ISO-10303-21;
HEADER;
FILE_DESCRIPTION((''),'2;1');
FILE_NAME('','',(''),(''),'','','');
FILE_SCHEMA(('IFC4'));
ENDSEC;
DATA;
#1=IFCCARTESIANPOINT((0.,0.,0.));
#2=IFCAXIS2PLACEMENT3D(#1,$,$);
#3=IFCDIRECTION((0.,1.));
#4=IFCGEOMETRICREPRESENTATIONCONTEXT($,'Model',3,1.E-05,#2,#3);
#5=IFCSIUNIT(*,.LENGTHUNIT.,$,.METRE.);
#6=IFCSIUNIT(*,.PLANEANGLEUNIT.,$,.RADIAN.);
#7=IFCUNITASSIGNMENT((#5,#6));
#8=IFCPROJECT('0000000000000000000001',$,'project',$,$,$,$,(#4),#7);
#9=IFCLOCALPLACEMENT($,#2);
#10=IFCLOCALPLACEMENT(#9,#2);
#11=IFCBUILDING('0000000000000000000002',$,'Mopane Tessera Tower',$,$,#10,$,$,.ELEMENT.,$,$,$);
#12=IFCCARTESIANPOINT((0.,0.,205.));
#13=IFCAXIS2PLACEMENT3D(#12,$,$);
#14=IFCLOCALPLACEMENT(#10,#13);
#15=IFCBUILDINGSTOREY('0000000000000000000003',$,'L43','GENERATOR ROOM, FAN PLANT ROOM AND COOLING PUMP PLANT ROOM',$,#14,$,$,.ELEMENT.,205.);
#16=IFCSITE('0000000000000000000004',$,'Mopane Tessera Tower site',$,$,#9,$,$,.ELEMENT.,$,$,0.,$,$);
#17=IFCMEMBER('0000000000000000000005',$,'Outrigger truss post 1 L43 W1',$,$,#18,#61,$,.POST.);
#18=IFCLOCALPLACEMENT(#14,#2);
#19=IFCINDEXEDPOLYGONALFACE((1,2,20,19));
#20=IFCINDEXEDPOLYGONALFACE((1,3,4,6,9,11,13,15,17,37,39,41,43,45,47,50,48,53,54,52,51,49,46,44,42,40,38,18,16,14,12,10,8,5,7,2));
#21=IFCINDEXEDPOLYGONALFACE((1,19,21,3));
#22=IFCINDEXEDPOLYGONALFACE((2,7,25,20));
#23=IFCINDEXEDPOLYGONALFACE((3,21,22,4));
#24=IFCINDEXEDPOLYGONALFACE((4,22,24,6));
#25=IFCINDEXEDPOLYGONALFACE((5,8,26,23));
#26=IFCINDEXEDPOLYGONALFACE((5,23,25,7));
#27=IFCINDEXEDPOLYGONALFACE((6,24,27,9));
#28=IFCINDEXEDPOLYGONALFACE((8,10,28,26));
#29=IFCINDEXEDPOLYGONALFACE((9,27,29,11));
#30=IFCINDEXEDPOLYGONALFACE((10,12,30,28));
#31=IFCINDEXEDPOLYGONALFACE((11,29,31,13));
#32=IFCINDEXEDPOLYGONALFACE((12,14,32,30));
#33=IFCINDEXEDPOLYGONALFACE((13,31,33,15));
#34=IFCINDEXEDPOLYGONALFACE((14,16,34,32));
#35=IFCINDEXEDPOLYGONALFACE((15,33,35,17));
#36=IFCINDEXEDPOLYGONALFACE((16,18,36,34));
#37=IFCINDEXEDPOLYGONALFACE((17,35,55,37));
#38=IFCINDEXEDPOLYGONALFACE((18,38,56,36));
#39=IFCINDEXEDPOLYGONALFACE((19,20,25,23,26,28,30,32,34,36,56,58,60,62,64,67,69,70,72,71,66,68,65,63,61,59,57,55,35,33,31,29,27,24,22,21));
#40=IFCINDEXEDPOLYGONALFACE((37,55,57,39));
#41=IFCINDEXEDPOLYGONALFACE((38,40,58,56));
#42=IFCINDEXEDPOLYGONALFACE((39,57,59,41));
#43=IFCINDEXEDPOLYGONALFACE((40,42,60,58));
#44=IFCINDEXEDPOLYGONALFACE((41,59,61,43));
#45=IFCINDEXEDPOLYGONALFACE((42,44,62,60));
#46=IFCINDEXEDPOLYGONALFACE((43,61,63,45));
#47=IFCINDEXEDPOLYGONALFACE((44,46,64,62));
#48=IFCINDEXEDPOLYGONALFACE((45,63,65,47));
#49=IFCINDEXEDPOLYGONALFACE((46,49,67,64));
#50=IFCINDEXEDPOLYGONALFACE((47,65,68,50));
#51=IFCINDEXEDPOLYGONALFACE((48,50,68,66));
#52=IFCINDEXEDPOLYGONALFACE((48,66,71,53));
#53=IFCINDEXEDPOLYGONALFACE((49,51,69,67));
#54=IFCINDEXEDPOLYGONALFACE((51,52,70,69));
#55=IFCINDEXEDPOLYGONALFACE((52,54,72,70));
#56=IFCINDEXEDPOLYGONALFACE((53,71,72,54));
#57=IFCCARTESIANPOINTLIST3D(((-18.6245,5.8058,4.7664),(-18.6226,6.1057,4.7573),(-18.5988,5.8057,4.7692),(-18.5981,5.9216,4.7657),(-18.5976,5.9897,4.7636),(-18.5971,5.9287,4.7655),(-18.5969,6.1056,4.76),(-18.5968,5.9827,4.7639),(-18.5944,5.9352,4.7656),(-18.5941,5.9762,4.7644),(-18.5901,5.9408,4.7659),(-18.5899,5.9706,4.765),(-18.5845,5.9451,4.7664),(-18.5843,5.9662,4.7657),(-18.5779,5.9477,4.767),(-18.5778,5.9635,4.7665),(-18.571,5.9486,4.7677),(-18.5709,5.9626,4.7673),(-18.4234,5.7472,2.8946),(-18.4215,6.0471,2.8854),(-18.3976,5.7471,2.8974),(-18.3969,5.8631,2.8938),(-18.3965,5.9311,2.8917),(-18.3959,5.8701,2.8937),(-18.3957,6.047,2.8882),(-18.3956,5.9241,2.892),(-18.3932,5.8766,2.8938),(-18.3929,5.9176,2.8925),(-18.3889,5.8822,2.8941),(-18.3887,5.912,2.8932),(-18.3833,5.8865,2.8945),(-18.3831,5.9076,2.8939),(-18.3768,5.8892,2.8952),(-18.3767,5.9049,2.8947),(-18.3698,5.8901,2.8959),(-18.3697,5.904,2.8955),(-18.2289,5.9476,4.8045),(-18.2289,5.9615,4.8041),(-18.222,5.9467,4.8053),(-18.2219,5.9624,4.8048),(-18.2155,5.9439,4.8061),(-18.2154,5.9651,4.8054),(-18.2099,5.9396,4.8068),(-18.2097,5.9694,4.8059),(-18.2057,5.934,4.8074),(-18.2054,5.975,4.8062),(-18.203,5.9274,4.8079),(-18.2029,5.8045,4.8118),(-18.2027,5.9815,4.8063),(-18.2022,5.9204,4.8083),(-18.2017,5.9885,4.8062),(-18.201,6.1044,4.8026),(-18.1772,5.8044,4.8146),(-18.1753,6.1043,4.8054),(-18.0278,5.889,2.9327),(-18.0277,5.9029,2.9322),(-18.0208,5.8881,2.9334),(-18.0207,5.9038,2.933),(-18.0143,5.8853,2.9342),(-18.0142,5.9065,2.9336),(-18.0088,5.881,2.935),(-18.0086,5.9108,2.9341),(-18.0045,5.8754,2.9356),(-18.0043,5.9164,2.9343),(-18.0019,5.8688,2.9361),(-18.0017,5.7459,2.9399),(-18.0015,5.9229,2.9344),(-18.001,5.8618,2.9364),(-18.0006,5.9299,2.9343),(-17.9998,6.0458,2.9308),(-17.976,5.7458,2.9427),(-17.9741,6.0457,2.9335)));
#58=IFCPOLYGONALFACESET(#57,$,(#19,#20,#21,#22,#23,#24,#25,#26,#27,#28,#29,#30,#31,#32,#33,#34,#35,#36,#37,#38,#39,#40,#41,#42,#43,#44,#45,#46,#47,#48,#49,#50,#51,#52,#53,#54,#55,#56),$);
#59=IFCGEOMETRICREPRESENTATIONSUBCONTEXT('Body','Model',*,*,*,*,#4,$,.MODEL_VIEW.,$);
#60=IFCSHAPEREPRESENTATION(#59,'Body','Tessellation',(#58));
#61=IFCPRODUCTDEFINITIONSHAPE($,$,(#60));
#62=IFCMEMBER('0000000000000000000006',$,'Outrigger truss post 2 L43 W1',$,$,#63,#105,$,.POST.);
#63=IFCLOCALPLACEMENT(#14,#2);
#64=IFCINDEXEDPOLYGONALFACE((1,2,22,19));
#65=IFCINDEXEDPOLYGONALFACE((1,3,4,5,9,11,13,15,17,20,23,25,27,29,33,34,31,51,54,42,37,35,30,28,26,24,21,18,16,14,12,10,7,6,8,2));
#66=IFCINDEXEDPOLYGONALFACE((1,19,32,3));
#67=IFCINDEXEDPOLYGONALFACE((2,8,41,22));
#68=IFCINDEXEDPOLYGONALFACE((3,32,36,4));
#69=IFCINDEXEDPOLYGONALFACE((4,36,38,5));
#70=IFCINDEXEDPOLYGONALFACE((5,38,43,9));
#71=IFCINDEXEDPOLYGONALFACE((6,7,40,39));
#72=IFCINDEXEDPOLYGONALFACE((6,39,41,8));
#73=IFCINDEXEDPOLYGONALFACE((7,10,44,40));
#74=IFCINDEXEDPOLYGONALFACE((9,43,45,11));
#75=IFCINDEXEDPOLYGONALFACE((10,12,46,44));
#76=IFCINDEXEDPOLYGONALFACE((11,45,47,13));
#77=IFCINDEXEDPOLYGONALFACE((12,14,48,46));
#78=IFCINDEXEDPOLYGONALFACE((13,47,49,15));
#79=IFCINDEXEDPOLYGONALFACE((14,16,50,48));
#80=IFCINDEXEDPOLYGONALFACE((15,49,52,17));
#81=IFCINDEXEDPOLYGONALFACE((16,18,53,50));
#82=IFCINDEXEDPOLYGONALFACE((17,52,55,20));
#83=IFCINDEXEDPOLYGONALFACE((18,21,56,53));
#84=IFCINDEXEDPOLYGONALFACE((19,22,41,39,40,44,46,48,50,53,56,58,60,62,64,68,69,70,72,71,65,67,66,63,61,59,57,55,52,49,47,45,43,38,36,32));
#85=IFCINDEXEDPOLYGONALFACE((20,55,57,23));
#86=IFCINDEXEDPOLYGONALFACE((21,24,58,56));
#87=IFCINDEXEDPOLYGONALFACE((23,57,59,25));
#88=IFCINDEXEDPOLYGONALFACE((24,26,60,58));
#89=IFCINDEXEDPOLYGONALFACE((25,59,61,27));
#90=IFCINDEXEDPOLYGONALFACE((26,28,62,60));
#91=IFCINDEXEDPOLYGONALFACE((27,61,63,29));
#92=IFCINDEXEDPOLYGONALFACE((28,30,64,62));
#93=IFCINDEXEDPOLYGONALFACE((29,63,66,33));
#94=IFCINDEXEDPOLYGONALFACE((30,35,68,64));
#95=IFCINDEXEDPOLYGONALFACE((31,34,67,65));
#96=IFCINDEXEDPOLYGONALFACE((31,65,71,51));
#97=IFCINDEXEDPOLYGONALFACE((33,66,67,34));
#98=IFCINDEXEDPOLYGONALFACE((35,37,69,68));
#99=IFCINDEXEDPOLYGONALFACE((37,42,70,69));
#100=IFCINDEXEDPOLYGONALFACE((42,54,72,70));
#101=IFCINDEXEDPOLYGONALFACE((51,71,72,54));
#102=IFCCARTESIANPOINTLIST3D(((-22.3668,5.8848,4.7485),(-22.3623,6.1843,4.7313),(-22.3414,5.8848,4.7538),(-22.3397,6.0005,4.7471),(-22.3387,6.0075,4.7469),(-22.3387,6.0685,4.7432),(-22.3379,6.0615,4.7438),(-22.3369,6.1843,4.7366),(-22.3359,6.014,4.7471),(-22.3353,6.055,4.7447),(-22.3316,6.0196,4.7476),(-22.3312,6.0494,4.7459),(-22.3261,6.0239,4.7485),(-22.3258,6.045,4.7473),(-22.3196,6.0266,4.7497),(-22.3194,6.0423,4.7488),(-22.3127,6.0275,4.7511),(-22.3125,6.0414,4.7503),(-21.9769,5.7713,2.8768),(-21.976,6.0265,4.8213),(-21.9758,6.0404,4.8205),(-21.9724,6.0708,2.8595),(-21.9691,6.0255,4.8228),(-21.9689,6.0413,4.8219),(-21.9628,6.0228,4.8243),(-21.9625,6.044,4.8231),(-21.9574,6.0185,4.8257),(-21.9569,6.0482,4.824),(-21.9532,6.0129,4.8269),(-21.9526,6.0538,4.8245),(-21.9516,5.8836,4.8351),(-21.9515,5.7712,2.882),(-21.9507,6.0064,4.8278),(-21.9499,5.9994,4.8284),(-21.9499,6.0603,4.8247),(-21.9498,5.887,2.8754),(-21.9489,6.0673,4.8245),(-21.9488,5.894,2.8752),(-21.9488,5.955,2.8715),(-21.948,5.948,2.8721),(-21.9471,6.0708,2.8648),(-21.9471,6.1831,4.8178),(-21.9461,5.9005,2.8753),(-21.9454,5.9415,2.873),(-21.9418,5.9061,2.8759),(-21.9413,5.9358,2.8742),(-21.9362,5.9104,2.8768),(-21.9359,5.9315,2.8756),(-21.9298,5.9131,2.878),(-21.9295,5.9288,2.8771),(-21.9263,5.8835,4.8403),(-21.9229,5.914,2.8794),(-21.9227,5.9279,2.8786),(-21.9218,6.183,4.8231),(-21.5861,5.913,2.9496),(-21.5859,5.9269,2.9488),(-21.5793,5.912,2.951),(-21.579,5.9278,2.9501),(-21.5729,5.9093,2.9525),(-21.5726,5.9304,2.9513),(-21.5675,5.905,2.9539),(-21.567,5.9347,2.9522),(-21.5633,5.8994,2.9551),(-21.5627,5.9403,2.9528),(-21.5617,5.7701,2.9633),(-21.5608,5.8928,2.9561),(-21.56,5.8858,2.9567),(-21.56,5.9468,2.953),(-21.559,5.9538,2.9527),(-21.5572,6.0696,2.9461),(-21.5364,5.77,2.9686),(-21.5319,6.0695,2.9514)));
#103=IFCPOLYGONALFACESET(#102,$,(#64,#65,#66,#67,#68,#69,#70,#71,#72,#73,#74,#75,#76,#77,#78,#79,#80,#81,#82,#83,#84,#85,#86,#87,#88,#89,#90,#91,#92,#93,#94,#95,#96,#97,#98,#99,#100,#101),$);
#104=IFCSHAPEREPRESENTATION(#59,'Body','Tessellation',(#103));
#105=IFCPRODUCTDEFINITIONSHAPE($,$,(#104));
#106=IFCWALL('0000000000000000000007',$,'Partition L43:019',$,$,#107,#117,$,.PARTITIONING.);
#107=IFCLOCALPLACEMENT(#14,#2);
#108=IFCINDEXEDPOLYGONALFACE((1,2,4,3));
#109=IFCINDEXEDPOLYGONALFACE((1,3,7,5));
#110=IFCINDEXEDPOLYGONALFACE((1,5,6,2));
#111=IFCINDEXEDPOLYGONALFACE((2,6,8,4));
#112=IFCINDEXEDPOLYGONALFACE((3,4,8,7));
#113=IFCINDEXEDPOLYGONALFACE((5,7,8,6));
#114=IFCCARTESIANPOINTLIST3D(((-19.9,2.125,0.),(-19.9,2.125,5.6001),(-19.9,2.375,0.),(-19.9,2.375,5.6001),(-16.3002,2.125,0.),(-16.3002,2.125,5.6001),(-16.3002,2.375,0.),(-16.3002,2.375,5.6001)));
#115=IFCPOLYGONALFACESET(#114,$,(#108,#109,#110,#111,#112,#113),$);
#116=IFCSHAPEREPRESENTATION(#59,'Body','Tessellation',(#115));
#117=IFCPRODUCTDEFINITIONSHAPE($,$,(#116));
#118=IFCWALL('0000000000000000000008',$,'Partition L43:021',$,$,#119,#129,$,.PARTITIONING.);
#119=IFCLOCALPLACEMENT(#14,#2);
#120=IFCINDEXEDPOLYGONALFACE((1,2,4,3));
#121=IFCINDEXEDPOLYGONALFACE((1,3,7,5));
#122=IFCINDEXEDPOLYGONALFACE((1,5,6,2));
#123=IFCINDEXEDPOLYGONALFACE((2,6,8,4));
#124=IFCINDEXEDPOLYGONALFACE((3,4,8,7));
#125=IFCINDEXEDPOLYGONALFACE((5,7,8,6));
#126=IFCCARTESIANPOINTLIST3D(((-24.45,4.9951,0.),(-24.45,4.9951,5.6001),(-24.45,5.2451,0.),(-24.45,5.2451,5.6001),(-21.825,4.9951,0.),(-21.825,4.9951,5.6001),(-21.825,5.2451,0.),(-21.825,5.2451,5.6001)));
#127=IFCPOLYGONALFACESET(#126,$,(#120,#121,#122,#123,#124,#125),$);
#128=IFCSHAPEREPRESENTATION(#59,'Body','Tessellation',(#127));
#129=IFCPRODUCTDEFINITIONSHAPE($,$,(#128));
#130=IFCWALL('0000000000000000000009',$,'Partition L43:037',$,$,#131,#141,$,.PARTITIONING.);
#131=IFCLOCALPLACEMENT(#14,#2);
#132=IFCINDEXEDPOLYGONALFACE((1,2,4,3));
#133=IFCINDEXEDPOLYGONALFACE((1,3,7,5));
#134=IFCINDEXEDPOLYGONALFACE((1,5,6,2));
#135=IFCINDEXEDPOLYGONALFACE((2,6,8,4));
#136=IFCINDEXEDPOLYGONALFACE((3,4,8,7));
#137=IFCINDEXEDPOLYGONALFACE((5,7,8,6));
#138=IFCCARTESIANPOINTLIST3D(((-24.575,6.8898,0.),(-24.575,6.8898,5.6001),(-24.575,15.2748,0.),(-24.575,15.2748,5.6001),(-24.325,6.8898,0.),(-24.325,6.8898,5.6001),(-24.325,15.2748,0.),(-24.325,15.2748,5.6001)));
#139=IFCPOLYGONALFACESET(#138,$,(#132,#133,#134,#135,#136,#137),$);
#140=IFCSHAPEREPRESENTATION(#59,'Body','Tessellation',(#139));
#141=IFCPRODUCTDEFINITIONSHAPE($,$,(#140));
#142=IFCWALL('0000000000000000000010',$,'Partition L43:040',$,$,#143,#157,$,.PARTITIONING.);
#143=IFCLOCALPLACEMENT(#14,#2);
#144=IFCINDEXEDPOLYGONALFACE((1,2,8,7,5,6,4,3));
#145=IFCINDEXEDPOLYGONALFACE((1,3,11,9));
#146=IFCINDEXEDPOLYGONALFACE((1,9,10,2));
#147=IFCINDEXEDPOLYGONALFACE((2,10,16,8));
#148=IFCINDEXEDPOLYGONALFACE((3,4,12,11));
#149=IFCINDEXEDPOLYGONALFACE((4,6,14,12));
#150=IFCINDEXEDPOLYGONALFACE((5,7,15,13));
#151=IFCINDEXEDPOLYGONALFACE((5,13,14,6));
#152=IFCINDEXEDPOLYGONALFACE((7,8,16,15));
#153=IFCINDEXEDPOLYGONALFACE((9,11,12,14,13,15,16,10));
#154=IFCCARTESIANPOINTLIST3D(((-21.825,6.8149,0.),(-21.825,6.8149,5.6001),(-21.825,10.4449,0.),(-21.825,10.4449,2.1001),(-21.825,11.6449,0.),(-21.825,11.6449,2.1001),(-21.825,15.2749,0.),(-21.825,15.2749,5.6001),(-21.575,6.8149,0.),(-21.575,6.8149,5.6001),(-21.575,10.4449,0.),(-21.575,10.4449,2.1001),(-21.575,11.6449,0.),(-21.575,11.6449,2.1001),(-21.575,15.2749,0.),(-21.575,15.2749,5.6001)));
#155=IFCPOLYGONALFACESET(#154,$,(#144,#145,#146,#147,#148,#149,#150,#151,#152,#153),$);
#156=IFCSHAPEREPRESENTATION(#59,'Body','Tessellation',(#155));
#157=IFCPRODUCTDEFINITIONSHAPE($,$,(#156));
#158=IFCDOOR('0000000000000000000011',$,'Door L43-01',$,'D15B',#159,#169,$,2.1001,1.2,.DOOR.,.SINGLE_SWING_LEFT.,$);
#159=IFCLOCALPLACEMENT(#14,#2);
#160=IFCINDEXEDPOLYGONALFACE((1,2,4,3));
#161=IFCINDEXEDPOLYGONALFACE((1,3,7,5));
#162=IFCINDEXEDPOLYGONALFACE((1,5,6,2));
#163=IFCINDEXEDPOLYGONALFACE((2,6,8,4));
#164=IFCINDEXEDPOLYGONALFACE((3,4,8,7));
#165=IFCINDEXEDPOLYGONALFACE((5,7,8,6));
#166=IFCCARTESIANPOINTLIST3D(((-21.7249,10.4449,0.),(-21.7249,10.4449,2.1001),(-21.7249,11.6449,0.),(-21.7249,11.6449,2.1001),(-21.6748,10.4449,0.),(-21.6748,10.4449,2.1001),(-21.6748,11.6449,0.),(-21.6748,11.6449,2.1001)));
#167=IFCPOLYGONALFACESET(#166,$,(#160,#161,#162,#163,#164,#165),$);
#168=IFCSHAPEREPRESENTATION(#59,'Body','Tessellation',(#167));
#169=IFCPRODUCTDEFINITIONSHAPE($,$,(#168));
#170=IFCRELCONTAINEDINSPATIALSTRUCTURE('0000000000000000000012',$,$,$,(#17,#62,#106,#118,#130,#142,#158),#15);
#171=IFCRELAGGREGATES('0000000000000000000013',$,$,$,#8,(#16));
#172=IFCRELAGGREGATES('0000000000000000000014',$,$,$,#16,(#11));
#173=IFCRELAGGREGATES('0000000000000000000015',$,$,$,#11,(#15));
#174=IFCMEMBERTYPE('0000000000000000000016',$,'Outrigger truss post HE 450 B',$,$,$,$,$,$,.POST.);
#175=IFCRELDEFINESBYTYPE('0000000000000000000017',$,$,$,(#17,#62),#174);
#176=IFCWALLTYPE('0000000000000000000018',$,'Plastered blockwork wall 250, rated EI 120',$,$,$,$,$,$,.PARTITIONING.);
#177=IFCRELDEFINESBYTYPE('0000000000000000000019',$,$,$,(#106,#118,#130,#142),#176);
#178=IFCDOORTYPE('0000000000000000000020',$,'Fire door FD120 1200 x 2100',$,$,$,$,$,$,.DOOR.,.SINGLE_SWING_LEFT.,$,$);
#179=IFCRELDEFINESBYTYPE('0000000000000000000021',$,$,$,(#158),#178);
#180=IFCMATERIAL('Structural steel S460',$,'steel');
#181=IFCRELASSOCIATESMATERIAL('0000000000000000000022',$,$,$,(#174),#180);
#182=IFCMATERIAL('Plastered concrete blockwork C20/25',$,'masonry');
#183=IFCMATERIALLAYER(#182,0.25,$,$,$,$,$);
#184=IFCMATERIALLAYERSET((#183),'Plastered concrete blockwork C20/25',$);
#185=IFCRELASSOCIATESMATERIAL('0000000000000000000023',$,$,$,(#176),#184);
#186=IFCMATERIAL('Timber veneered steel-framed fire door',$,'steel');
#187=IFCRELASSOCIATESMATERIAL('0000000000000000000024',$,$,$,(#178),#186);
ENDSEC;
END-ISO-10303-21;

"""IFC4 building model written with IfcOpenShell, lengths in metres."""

from ifc_helpers import new_model, si_unit, direction, frame, frame_2d, origin, origin_2d, place, context, subcontext, project, spatial, rectangle, i_section, extrude, material, layer, layer_set, material_profile, profile_set, type_object, element, fill, save


model = new_model("IFC4")

# Units and contexts
model_context = context("Model", 3, precision=1e-05, world=origin(), true_north=direction((0.0, 1.0)))
body_context = subcontext(model_context, "Body", "Model", "MODEL_VIEW")
ifc_project = project(units=[si_unit("LENGTHUNIT", "METRE"), si_unit("PLANEANGLEUNIT", "RADIAN")], contexts=[model_context])

# Site, building, storey
site_placement = place(None, origin())
site = spatial("IfcSite", under=ifc_project, at=site_placement, Name="Mopane Tessera Tower site", CompositionType="ELEMENT", RefElevation=0.0)
building_placement = place(site_placement, origin())
building = spatial("IfcBuilding", under=site, at=building_placement, Name="Mopane Tessera Tower", CompositionType="ELEMENT")
storey_placement = place(building_placement, frame((0.0, 0.0, 205.0)))
storey = spatial("IfcBuildingStorey", under=building, at=storey_placement, Name="L43", Description="GENERATOR ROOM, FAN PLANT ROOM AND COOLING PUMP PLANT ROOM", CompositionType="ELEMENT", Elevation=205.0)

# Members
ifc_material_1 = material(Name="Structural steel S460", Category="steel")
ifc_material_profile_1 = material_profile(ifc_material_1, i_section(OverallWidth=0.3, OverallDepth=0.45, WebThickness=0.0139, FlangeThickness=0.0259, FilletRadius=0.0271, at=origin_2d()))
ifc_profile_set_1 = profile_set([ifc_material_profile_1], Name="Structural steel S460")
member_type_1 = type_object("IfcMemberType", Name="Outrigger truss post HE 450 B", PredefinedType="POST", material=ifc_profile_set_1)
member_1_placement = place(storey_placement, frame((-18.1987, 5.8965, 2.9141), z_axis=(-0.106807, 0.031109, 0.993793), x_axis=(-0.006359, -0.999511, 0.030604)))
element("IfcMember", 1, at=member_1_placement, inside=storey, type_object=member_type_1, Name="Outrigger truss post 1 L43 W1", PredefinedType="POST", context=body_context, shape_type="SweptSolid", body=[
    extrude(i_section(OverallWidth=0.3, OverallDepth=0.45, WebThickness=0.0139, FlangeThickness=0.0259, FilletRadius=0.0271, at=origin_2d()), origin(), (0.0, 0.0, 1.0), 1.8835),
])
member_2_placement = place(storey_placement, frame((-21.7544, 5.9204, 2.9141), z_axis=(-0.20356, 0.059271, 0.977267), x_axis=(-0.014948, -0.998238, 0.057429)))
element("IfcMember", 2, at=member_2_placement, inside=storey, type_object=member_type_1, Name="Outrigger truss post 2 L43 W1", PredefinedType="POST", context=body_context, shape_type="SweptSolid", body=[
    extrude(i_section(OverallWidth=0.3, OverallDepth=0.45, WebThickness=0.0139, FlangeThickness=0.0259, FilletRadius=0.0271, at=origin_2d()), origin(), (0.0, 0.0, 1.0), 1.9153),
])

# Walls
ifc_material_2 = material(Name="Plastered concrete blockwork C20/25", Category="masonry")
ifc_layer_1 = layer(ifc_material_2, 0.25)
ifc_layer_set_1 = layer_set([ifc_layer_1], Name="Plastered concrete blockwork C20/25")
wall_type = type_object("IfcWallType", Name="Plastered blockwork wall 250, rated EI 120", PredefinedType="PARTITIONING", material=ifc_layer_set_1)
wall_1_placement = place(storey_placement, frame((-19.8999, 2.25, 0.0), z_axis=(0.0, 0.0, 1.0), x_axis=(1.0, 0.0, 0.0)))
element("IfcWall", 3, at=wall_1_placement, inside=storey, type_object=wall_type, Name="Partition L43:019", PredefinedType="PARTITIONING", context=body_context, shape_type="SweptSolid", body=[
    extrude(rectangle(XDim=3.5999, YDim=0.25, at=frame_2d((1.7998, 0.0))), origin(), (0.0, 0.0, 1.0), 5.6001),
])
wall_2_placement = place(storey_placement, frame((-24.45, 5.1201, 0.0), z_axis=(0.0, 0.0, 1.0), x_axis=(1.0, 0.0, 0.0)))
element("IfcWall", 4, at=wall_2_placement, inside=storey, type_object=wall_type, Name="Partition L43:021", PredefinedType="PARTITIONING", context=body_context, shape_type="SweptSolid", body=[
    extrude(rectangle(XDim=2.625, YDim=0.25, at=frame_2d((1.3125, 0.0))), origin(), (0.0, 0.0, 1.0), 5.6001),
])
wall_3_placement = place(storey_placement, frame((-24.45, 6.8899, 0.0), z_axis=(0.0, 0.0, 1.0), x_axis=(0.0, 1.0, 0.0)))
element("IfcWall", 5, at=wall_3_placement, inside=storey, type_object=wall_type, Name="Partition L43:037", PredefinedType="PARTITIONING", context=body_context, shape_type="SweptSolid", body=[
    extrude(rectangle(XDim=8.385, YDim=0.25, at=frame_2d((4.1924, 0.0))), origin(), (0.0, 0.0, 1.0), 5.6001),
])

# Wall, opening, door
wall_4_placement = place(storey_placement, frame((-21.7, 6.8149, 0.0), z_axis=(0.0, 0.0, 1.0), x_axis=(0.0, 1.0, 0.0)))
wall_4 = element("IfcWall", 6, at=wall_4_placement, inside=storey, type_object=wall_type, Name="Partition L43:040", PredefinedType="PARTITIONING", context=body_context, shape_type="SweptSolid", body=[
    extrude(rectangle(XDim=8.46, YDim=0.25, at=frame_2d((4.23, 0.0))), origin(), (0.0, 0.0, 1.0), 5.6001),
])
opening_1_placement = place(wall_4_placement, frame((3.6299, 0.0, 0.0)))
opening_1 = element("IfcOpeningElement", 7, at=opening_1_placement, cuts=wall_4, PredefinedType="OPENING", context=body_context, shape_type="SweptSolid", body=[
    extrude(rectangle(XDim=1.2, YDim=2.1001, at=frame_2d((0.6001, 1.05))), frame((0.0, 0.137, 0.0), z_axis=(0.0, -1.0, 0.0), x_axis=(1.0, 0.0, 0.0)), (0.0, 0.0, 1.0), 0.2739),
])
ifc_material_3 = material(Name="Timber veneered steel-framed fire door", Category="steel")
door_type_1 = type_object("IfcDoorType", Name="Fire door FD120 1200 x 2100", OperationType="SINGLE_SWING_LEFT", PredefinedType="DOOR", material=ifc_material_3)
door_1_placement = place(opening_1_placement, origin())
door_1 = element("IfcDoor", 8, at=door_1_placement, inside=storey, type_object=door_type_1, Name="Door L43-01", ObjectType="D15B", OperationType="SINGLE_SWING_LEFT", OverallHeight=2.1001, OverallWidth=1.2, PredefinedType="DOOR", context=body_context, shape_type="SweptSolid", body=[
    extrude(rectangle(XDim=1.2, YDim=2.1001, at=frame_2d((0.6001, 1.05))), frame((0.0, 0.0249, 0.0), z_axis=(0.0, -1.0, 0.0), x_axis=(1.0, 0.0, 0.0)), (0.0, 0.0, 1.0), 0.05),
])
fill(opening_1, door_1)

save(model, "model.ifc")
